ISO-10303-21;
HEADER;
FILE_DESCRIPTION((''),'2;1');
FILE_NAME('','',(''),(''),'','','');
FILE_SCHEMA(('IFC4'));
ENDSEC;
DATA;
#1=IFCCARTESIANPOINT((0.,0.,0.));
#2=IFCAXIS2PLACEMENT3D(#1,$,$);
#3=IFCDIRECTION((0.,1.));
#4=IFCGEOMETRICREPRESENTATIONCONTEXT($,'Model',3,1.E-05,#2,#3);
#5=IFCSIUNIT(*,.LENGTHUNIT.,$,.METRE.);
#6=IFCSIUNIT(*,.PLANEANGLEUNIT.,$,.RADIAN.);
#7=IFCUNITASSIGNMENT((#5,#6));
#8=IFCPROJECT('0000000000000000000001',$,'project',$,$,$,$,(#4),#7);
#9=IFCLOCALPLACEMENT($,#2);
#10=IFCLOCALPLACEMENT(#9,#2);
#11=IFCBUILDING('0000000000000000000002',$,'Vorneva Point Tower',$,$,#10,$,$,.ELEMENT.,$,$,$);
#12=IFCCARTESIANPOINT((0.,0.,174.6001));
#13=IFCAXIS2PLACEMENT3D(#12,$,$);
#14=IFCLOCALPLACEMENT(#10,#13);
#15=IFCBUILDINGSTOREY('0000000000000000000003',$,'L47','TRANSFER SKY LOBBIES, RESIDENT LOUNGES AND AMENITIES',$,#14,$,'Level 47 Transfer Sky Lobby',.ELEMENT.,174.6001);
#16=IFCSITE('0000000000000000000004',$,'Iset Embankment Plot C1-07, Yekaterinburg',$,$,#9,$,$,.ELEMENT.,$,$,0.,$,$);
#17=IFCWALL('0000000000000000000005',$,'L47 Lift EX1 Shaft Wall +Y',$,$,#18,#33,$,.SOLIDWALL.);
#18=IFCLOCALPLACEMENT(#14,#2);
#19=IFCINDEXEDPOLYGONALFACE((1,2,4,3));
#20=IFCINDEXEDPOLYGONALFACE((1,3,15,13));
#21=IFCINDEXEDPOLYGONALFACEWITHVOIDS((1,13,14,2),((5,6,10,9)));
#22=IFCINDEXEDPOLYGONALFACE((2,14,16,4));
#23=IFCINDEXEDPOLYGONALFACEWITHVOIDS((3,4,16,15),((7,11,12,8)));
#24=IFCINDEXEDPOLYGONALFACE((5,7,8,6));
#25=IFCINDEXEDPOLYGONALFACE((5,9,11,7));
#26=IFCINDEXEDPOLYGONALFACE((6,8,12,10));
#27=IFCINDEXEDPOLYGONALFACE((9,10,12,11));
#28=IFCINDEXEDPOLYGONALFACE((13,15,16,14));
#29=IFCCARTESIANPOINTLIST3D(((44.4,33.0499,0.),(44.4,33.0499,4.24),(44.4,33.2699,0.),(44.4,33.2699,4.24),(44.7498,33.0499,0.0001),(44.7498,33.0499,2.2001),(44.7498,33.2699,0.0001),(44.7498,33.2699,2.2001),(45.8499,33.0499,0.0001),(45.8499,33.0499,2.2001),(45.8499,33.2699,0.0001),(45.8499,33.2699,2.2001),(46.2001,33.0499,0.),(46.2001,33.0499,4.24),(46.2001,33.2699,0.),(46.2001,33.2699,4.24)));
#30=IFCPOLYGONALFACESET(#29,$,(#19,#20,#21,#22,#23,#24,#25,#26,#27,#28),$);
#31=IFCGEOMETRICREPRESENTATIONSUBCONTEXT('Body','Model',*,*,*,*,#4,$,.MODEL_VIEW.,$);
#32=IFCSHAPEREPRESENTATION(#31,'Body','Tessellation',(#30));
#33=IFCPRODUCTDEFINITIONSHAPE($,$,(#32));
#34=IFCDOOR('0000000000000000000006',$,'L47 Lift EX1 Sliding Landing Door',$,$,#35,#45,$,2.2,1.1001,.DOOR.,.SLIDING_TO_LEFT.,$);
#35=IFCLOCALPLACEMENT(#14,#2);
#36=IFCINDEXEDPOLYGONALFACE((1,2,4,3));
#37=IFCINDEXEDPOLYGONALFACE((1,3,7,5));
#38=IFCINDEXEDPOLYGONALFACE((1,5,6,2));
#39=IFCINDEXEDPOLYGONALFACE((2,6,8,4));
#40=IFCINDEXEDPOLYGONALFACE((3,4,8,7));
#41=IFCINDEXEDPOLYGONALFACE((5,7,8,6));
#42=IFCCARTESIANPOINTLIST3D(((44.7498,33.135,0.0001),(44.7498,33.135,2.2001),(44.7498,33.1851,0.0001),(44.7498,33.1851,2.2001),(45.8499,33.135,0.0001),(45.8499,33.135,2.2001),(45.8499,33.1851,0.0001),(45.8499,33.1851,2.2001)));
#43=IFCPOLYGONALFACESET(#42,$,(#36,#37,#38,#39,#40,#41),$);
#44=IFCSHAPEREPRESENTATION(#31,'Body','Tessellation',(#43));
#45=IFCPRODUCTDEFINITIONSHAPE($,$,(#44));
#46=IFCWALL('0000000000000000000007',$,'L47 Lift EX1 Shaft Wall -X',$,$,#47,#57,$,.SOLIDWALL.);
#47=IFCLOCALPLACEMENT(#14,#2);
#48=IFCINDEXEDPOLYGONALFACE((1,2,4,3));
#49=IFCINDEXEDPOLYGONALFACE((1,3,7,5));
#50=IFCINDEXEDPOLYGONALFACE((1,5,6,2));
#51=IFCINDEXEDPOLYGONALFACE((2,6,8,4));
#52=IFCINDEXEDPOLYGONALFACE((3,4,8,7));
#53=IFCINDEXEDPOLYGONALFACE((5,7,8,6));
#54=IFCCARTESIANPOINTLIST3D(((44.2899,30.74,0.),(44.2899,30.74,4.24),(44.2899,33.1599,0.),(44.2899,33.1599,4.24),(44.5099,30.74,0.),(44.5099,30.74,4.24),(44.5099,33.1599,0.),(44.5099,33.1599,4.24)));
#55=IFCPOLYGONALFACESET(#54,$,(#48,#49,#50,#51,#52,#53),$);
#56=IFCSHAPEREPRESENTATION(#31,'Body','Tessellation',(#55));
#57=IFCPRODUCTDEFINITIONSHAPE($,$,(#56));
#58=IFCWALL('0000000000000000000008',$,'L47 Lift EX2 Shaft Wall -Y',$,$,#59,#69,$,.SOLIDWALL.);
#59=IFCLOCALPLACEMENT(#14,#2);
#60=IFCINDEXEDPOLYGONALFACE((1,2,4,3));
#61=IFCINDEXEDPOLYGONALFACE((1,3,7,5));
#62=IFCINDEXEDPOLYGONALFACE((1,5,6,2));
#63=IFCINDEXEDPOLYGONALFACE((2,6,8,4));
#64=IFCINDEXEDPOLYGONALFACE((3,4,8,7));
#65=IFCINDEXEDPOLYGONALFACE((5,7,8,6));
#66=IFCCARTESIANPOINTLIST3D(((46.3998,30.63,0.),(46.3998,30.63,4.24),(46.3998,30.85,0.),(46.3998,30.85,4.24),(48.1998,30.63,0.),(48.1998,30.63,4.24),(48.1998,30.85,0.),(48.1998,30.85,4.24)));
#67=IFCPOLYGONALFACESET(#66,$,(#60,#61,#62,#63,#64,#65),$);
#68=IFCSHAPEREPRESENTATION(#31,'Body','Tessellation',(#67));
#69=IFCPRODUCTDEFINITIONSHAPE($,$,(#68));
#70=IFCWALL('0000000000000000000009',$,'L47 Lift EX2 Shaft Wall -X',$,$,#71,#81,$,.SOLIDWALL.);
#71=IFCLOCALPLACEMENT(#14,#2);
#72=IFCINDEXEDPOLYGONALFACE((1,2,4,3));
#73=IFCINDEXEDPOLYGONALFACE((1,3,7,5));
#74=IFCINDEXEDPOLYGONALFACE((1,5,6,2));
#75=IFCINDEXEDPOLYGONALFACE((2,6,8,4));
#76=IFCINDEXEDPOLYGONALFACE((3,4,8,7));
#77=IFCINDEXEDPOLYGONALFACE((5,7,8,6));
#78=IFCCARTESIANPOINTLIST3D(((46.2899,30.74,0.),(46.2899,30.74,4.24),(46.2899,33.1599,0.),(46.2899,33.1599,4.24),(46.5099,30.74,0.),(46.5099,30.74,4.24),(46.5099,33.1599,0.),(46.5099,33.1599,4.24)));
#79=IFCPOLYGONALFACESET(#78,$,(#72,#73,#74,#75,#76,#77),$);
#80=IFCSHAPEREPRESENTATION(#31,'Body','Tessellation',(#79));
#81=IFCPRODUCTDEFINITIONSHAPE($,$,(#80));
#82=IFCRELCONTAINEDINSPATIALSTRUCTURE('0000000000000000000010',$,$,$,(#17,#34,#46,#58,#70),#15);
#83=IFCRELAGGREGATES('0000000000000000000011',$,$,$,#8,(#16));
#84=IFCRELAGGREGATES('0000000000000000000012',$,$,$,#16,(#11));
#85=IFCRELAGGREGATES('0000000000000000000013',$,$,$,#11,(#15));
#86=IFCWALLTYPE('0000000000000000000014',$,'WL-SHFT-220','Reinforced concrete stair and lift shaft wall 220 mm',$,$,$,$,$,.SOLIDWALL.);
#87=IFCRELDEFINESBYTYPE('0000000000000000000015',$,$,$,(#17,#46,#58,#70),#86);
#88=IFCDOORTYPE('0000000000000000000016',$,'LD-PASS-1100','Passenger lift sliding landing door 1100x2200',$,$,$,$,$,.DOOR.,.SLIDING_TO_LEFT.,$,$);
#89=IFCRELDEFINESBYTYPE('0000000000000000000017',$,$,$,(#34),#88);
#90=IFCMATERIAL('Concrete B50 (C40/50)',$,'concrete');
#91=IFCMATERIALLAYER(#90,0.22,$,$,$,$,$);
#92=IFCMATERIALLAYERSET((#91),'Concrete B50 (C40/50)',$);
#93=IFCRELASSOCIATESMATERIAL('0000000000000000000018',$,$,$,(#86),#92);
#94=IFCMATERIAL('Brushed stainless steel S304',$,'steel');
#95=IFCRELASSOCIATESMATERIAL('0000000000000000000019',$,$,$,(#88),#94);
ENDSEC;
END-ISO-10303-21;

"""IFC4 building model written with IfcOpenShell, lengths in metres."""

from ifc_helpers import new_model, si_unit, direction, frame, frame_2d, origin, place, context, subcontext, project, spatial, rectangle, extrude, material, layer, layer_set, type_object, element, fill, save


model = new_model("IFC4")

# Units and contexts
model_context = context("Model", 3, precision=1e-05, world=origin(), true_north=direction((0.0, 1.0)))
body_context = subcontext(model_context, "Body", "Model", "MODEL_VIEW")
ifc_project = project(units=[si_unit("LENGTHUNIT", "METRE"), si_unit("PLANEANGLEUNIT", "RADIAN")], contexts=[model_context])

# Site, building, storey
site_placement = place(None, origin())
site = spatial("IfcSite", under=ifc_project, at=site_placement, Name="Iset Embankment Plot C1-07, Yekaterinburg", CompositionType="ELEMENT", RefElevation=0.0)
building_placement = place(site_placement, origin())
building = spatial("IfcBuilding", under=site, at=building_placement, Name="Vorneva Point Tower", CompositionType="ELEMENT")
storey_placement = place(building_placement, frame((0.0, 0.0, 174.6001)))
storey = spatial("IfcBuildingStorey", under=building, at=storey_placement, Name="L47", Description="TRANSFER SKY LOBBIES, RESIDENT LOUNGES AND AMENITIES", LongName="Level 47 Transfer Sky Lobby", CompositionType="ELEMENT", Elevation=174.6001)

# Shared definitions
ifc_material_1 = material(Name="Concrete B50 (C40/50)", Category="concrete")
ifc_layer_1 = layer(ifc_material_1, 0.22)
ifc_layer_set_1 = layer_set([ifc_layer_1], Name="Concrete B50 (C40/50)")
wall_type_1 = type_object("IfcWallType", Name="WL-SHFT-220", Description="Reinforced concrete stair and lift shaft wall 220 mm", PredefinedType="SOLIDWALL", material=ifc_layer_set_1)

# Wall, opening, door
wall_1_placement = place(storey_placement, frame((46.2, 33.1599, 0.0), z_axis=(0.0, 0.0, 1.0), x_axis=(-1.0, 0.0, 0.0)))
wall_1 = element("IfcWall", 1, at=wall_1_placement, inside=storey, type_object=wall_type_1, Name="L47 Lift EX1 Shaft Wall +Y", PredefinedType="SOLIDWALL", context=body_context, shape_type="SweptSolid", body=[
    extrude(rectangle(XDim=1.8, YDim=0.22, at=frame_2d((0.8999, 0.0))), origin(), (0.0, 0.0, 1.0), 4.24),
])
opening_1_placement = place(wall_1_placement, frame((0.3501, 0.0, 0.0)))
opening_1 = element("IfcOpeningElement", 2, at=opening_1_placement, cuts=wall_1, PredefinedType="OPENING", context=body_context, shape_type="SweptSolid", body=[
    extrude(rectangle(XDim=1.1001, YDim=2.2, at=frame_2d((0.55, 1.1001))), frame((0.0, 0.125, 0.0), z_axis=(0.0, -1.0, 0.0), x_axis=(1.0, 0.0, 0.0)), (0.0, 0.0, 1.0), 0.2498),
])
ifc_material_2 = material(Name="Brushed stainless steel S304", Category="steel")
door_type_1 = type_object("IfcDoorType", Name="LD-PASS-1100", Description="Passenger lift sliding landing door 1100x2200", OperationType="SLIDING_TO_LEFT", PredefinedType="DOOR", material=ifc_material_2)
door_1_placement = place(opening_1_placement, origin())
door_1 = element("IfcDoor", 3, at=door_1_placement, inside=storey, type_object=door_type_1, Name="L47 Lift EX1 Sliding Landing Door", OperationType="SLIDING_TO_LEFT", OverallHeight=2.2, OverallWidth=1.1001, PredefinedType="DOOR", context=body_context, shape_type="SweptSolid", body=[
    extrude(rectangle(XDim=1.1001, YDim=2.2, at=frame_2d((0.55, 1.1001))), frame((0.0, 0.0249, 0.0), z_axis=(0.0, -1.0, 0.0), x_axis=(1.0, 0.0, 0.0)), (0.0, 0.0, 1.0), 0.05),
])
fill(opening_1, door_1)

# Walls
wall_2_placement = place(storey_placement, frame((44.3999, 33.1599, 0.0), z_axis=(0.0, 0.0, 1.0), x_axis=(0.0, -1.0, 0.0)))
element("IfcWall", 4, at=wall_2_placement, inside=storey, type_object=wall_type_1, Name="L47 Lift EX1 Shaft Wall -X", PredefinedType="SOLIDWALL", context=body_context, shape_type="SweptSolid", body=[
    extrude(rectangle(XDim=2.4199, YDim=0.22, at=frame_2d((1.21, 0.0))), origin(), (0.0, 0.0, 1.0), 4.24),
])
wall_3_placement = place(storey_placement, frame((46.3999, 30.74, 0.0), z_axis=(0.0, 0.0, 1.0), x_axis=(1.0, 0.0, 0.0)))
element("IfcWall", 5, at=wall_3_placement, inside=storey, type_object=wall_type_1, Name="L47 Lift EX2 Shaft Wall -Y", PredefinedType="SOLIDWALL", context=body_context, shape_type="SweptSolid", body=[
    extrude(rectangle(XDim=1.8, YDim=0.22, at=frame_2d((0.8999, 0.0))), origin(), (0.0, 0.0, 1.0), 4.24),
])
wall_4_placement = place(storey_placement, frame((46.3999, 33.1599, 0.0), z_axis=(0.0, 0.0, 1.0), x_axis=(0.0, -1.0, 0.0)))
element("IfcWall", 6, at=wall_4_placement, inside=storey, type_object=wall_type_1, Name="L47 Lift EX2 Shaft Wall -X", PredefinedType="SOLIDWALL", context=body_context, shape_type="SweptSolid", body=[
    extrude(rectangle(XDim=2.4199, YDim=0.22, at=frame_2d((1.21, 0.0))), origin(), (0.0, 0.0, 1.0), 4.24),
])

save(model, "model.ifc")
